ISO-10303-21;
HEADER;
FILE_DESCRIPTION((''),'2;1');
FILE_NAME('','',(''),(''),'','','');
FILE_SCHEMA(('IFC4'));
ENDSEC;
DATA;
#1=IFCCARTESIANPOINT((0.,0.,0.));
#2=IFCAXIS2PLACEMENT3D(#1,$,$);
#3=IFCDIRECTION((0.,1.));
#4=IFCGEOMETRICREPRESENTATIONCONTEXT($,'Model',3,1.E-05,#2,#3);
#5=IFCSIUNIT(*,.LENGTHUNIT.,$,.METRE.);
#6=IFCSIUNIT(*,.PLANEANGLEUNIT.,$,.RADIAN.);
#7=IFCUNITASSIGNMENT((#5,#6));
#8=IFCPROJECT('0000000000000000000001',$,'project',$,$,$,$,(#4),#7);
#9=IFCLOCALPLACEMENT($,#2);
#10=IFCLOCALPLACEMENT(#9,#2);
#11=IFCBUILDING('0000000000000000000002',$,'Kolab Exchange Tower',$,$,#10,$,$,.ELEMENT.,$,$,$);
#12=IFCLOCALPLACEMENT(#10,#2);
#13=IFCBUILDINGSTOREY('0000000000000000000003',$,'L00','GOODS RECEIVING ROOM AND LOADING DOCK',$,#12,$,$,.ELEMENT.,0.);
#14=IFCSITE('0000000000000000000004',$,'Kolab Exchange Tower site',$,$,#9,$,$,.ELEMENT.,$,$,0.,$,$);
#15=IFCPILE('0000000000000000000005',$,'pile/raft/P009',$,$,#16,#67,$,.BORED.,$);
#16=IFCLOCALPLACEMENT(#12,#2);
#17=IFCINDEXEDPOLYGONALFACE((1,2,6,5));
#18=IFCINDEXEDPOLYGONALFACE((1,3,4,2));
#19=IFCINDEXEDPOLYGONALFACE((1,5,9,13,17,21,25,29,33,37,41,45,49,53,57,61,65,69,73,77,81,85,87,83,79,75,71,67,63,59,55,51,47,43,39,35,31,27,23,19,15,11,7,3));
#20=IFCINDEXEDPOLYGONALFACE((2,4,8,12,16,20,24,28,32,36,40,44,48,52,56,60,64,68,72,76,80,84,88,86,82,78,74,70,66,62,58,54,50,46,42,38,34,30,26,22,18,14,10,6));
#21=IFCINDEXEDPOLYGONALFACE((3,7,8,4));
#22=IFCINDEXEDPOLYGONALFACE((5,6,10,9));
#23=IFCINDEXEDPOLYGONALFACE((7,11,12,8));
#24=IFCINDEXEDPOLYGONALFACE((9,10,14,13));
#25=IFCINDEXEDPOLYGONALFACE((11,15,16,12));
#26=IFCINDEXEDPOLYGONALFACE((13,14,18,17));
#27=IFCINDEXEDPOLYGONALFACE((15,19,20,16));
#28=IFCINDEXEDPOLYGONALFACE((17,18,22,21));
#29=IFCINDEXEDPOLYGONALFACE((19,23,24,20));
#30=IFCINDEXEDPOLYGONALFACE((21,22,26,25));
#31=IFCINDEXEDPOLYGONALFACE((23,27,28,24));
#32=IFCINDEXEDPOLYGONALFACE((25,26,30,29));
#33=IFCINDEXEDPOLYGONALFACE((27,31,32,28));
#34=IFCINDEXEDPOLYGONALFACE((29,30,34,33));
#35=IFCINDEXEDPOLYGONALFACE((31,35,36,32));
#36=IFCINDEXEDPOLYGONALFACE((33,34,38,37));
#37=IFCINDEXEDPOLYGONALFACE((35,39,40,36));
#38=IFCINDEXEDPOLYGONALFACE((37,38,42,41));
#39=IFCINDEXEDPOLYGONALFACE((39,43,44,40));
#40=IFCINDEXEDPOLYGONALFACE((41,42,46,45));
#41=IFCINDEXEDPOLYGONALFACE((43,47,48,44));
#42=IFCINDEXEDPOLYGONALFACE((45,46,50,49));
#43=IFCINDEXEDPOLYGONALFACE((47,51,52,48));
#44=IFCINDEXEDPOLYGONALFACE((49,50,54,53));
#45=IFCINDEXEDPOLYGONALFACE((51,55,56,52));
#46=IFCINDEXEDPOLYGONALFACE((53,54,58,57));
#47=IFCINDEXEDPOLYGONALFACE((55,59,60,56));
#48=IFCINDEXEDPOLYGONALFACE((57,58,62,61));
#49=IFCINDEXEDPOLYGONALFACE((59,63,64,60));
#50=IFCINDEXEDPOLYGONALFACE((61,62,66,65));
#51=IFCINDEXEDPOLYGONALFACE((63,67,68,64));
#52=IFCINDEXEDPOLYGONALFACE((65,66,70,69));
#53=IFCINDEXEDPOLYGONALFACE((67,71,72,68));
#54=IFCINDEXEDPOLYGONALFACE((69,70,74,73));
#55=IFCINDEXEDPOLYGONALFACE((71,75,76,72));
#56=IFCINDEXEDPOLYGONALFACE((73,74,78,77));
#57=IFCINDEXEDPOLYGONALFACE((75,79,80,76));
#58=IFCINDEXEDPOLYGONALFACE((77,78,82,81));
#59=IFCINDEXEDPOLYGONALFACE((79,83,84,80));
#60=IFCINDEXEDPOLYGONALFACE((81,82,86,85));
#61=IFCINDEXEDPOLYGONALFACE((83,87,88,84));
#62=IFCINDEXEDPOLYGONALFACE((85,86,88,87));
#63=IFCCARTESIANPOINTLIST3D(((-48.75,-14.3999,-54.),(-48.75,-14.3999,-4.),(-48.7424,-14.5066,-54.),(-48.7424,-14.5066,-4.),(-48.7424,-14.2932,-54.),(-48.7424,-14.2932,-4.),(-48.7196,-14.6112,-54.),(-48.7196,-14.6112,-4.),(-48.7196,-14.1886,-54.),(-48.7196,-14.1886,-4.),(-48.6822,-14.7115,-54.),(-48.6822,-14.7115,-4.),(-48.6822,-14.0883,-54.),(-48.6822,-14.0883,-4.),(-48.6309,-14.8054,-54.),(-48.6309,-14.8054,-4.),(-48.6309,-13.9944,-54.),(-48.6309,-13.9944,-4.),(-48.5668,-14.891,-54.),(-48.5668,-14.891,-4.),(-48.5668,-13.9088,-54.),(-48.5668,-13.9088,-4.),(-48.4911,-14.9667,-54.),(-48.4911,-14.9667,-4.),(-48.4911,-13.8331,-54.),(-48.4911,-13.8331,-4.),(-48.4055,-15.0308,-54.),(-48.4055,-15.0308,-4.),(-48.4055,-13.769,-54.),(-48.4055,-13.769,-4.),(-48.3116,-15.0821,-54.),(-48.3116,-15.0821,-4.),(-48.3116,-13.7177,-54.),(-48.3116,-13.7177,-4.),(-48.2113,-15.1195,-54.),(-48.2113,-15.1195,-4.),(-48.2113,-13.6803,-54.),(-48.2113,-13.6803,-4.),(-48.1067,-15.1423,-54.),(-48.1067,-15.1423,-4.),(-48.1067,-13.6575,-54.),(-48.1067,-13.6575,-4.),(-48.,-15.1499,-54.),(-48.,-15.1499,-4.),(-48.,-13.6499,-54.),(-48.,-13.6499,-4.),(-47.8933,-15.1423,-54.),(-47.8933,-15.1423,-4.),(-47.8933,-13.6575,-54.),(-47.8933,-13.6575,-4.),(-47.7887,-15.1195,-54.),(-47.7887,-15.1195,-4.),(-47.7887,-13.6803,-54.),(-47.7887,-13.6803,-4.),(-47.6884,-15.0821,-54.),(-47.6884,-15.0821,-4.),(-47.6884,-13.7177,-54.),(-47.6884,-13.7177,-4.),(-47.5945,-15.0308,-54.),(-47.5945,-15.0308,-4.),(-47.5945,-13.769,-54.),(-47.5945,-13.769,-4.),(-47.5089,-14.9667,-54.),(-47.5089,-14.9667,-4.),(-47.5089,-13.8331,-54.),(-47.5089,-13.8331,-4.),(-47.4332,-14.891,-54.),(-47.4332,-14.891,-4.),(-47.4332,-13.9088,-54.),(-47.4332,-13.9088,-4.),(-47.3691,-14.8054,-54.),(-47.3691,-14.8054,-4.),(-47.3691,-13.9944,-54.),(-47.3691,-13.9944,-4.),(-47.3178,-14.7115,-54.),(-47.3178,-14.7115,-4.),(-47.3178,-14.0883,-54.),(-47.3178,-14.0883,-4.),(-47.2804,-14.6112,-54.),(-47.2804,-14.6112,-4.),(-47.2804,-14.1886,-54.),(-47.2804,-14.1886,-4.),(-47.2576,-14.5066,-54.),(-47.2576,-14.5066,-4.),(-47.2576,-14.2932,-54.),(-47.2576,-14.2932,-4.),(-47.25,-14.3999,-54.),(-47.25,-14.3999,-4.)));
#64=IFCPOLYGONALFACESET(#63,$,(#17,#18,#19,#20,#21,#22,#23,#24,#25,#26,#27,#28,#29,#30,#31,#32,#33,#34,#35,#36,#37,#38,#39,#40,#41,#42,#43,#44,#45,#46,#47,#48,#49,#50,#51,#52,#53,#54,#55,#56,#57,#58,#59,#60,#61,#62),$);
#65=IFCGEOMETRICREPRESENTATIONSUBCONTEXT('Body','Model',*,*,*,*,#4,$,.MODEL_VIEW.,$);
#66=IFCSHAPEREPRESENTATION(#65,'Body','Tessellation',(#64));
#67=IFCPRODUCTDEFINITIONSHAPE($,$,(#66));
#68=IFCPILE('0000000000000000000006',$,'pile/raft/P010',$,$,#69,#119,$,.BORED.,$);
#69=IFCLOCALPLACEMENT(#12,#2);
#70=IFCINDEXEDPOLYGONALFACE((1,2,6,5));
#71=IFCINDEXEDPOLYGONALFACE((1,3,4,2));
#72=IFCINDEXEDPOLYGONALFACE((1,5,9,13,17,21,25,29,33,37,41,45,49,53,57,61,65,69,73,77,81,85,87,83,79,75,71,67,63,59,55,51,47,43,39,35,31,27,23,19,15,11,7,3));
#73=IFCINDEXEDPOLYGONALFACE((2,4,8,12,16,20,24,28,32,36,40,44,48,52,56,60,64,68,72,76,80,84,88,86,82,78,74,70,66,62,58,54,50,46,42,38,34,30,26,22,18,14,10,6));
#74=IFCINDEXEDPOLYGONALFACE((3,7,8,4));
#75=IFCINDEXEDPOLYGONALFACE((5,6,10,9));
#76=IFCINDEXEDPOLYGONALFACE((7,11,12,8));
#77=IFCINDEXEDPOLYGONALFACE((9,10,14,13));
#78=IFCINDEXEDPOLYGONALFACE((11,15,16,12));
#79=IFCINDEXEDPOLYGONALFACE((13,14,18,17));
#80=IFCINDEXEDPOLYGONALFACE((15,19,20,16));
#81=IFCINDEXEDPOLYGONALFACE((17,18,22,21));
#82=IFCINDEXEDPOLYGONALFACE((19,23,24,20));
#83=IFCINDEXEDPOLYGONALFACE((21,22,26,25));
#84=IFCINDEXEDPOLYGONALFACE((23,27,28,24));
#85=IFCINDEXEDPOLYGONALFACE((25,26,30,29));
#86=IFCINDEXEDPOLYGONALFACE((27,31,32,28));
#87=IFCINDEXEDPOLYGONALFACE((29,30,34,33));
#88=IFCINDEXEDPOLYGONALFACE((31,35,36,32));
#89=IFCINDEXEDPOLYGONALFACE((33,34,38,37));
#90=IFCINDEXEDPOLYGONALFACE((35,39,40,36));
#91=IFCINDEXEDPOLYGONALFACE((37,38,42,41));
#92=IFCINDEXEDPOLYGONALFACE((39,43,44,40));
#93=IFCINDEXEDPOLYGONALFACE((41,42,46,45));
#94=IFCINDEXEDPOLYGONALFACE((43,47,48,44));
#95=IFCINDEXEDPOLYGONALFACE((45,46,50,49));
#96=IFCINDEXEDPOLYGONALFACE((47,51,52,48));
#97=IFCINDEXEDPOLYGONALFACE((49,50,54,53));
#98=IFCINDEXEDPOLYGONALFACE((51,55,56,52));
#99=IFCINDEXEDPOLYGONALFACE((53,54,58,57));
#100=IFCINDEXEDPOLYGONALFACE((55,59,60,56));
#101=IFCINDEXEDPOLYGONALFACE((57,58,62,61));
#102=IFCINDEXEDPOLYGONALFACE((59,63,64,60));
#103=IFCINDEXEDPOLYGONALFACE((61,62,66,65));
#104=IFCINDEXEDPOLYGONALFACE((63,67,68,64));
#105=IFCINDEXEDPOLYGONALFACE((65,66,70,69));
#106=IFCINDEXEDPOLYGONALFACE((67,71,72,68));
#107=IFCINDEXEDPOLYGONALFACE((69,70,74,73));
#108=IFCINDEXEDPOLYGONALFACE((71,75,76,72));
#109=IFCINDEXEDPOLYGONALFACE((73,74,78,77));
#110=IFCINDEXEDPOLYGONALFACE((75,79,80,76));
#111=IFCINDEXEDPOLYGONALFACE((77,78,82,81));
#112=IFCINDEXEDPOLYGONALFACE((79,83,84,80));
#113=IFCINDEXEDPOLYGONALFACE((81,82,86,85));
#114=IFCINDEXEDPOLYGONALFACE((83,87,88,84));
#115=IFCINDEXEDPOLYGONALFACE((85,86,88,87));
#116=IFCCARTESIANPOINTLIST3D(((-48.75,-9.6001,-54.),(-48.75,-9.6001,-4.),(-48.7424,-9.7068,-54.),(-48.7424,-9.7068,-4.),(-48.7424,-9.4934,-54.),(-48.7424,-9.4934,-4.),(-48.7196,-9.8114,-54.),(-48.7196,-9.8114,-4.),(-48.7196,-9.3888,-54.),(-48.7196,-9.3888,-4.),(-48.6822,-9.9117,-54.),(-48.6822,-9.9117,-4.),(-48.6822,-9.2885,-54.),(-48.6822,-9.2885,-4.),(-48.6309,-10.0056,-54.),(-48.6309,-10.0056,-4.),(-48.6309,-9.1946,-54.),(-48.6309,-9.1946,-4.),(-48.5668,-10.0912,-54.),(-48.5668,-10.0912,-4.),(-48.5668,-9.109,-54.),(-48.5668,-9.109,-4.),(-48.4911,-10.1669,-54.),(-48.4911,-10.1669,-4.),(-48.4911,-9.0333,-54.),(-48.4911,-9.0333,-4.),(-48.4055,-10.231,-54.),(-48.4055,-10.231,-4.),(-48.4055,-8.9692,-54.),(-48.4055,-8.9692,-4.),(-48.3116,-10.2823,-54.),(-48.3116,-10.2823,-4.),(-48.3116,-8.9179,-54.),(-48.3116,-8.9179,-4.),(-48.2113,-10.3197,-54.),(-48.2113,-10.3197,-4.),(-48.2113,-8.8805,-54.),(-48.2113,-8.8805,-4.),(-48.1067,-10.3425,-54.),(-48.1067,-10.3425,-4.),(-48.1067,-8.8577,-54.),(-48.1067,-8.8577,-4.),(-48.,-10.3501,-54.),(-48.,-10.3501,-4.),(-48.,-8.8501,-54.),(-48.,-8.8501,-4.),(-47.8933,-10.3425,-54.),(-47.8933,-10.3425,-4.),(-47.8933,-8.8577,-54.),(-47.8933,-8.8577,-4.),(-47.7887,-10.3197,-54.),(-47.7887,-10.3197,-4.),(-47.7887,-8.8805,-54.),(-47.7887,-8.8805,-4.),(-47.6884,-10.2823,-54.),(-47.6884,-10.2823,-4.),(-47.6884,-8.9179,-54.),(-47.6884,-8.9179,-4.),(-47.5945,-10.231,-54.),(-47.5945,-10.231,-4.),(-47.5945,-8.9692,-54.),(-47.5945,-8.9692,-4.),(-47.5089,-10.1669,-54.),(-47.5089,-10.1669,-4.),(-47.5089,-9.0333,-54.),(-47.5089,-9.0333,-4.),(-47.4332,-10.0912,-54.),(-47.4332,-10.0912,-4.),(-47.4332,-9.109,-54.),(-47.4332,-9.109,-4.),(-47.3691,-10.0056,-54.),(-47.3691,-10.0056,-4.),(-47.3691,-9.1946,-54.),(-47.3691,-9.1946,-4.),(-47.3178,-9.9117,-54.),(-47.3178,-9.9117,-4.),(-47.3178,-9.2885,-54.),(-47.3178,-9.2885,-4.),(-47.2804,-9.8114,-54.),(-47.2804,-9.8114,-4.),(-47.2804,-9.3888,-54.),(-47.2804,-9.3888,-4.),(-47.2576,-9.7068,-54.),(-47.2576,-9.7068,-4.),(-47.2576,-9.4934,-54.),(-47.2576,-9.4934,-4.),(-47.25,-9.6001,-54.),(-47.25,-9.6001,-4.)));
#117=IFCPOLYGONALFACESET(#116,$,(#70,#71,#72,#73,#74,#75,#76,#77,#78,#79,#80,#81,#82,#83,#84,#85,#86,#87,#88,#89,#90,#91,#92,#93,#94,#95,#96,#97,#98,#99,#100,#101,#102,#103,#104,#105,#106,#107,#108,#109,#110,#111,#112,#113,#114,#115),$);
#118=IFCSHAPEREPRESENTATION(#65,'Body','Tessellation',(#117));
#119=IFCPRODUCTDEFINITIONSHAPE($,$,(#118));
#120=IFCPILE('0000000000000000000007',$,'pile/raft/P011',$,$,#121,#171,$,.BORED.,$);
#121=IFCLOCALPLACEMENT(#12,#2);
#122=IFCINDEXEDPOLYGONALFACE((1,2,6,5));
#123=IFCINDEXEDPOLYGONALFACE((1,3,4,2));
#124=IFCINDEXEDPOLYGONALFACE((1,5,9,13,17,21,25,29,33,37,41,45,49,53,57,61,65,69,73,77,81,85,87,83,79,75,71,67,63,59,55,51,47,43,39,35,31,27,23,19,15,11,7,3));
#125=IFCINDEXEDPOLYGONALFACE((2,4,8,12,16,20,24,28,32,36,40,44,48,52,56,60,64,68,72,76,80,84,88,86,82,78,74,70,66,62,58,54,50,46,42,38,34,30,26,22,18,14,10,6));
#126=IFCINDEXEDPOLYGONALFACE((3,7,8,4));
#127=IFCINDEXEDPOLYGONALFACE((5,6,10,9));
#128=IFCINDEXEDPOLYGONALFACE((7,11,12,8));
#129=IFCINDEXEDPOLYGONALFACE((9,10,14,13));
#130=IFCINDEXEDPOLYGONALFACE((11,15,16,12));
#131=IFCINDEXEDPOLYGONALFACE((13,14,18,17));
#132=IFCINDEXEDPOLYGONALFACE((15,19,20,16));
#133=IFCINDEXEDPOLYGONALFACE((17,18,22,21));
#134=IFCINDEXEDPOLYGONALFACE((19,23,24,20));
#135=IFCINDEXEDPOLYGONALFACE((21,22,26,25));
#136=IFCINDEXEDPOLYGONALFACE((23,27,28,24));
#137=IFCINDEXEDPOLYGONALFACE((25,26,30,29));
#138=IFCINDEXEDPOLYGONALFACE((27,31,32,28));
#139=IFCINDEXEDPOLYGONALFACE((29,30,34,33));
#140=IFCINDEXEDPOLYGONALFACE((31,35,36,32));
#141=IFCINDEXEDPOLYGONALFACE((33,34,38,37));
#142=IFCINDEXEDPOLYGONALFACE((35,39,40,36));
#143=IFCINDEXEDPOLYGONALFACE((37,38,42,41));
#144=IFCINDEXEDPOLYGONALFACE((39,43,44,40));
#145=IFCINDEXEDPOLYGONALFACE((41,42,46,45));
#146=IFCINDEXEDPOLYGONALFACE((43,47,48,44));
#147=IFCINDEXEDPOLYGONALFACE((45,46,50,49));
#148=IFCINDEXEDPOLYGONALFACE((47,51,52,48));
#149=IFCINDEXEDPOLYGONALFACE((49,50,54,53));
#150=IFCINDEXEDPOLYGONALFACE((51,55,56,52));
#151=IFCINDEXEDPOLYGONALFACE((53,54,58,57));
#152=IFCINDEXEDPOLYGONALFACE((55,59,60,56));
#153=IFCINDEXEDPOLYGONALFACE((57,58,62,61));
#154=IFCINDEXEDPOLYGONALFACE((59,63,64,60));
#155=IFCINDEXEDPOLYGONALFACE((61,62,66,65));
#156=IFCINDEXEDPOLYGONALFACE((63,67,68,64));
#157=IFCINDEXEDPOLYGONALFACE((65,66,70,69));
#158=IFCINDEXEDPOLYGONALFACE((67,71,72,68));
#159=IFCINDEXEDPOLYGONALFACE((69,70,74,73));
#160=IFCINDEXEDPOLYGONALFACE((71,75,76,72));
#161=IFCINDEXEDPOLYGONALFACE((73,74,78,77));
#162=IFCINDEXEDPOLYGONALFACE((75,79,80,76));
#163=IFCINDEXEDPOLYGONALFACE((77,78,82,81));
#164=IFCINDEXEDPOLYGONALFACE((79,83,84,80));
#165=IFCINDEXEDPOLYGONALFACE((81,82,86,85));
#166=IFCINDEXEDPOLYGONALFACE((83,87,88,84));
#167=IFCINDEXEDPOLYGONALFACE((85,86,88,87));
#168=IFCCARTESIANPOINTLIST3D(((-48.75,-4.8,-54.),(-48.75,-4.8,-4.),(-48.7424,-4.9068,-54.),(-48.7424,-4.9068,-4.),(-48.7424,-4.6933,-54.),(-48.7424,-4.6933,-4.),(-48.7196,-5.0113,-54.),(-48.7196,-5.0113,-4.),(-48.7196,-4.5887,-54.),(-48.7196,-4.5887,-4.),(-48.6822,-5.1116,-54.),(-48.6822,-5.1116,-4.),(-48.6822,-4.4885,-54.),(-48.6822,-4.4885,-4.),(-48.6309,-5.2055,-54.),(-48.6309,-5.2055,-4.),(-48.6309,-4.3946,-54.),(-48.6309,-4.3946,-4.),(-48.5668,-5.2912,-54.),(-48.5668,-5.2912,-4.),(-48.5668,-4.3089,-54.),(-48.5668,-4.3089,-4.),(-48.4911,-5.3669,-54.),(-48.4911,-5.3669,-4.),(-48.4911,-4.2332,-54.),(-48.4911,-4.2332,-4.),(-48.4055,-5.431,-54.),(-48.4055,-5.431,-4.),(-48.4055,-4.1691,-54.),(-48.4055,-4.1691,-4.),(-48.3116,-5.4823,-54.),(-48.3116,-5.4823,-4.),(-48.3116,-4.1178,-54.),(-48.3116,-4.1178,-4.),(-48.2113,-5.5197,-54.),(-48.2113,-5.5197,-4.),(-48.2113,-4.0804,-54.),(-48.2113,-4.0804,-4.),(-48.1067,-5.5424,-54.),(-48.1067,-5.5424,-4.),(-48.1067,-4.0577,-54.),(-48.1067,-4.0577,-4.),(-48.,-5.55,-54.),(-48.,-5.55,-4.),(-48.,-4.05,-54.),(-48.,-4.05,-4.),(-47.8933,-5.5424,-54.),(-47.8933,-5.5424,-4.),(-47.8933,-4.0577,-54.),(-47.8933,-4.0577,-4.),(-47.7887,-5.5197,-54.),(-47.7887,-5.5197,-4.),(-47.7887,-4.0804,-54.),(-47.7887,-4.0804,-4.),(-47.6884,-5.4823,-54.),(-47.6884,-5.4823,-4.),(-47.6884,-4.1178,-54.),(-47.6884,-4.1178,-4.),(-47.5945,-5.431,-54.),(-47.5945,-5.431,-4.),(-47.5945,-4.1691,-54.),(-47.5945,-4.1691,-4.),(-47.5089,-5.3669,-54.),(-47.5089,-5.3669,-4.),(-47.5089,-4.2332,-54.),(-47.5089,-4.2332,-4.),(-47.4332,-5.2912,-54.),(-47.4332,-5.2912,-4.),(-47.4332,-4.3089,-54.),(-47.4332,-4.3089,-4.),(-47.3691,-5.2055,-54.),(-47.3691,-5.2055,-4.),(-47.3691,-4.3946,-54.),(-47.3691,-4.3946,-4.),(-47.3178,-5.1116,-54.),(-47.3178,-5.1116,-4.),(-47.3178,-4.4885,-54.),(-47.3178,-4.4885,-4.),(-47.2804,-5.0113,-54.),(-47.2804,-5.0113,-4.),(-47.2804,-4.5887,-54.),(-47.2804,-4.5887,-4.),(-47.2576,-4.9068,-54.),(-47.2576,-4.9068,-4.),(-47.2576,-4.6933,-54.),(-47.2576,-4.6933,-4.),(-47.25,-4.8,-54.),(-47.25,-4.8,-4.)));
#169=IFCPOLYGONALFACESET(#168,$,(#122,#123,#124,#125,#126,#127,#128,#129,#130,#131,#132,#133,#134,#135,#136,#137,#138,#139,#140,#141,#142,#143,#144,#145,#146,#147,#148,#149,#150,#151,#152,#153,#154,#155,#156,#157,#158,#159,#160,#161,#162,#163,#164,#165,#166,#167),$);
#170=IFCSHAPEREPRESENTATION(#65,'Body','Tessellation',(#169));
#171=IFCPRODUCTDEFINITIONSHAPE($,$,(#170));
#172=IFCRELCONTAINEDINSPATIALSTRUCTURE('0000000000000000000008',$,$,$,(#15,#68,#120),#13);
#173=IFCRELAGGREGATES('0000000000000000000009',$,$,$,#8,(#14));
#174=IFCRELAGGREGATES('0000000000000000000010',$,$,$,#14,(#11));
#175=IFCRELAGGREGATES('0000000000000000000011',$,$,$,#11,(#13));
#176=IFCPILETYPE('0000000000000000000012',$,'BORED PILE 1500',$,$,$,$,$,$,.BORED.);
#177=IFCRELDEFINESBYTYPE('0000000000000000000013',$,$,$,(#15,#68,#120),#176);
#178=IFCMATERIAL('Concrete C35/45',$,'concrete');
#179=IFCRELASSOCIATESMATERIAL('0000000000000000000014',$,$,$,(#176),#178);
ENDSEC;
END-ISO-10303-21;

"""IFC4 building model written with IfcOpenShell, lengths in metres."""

from ifc_helpers import new_model, si_unit, direction, frame, origin, origin_2d, place, context, subcontext, project, spatial, circle, extrude, material, material_profile, profile_set, type_object, element, save


model = new_model("IFC4")

# Units and contexts
model_context = context("Model", 3, precision=1e-05, world=origin(), true_north=direction((0.0, 1.0)))
body_context = subcontext(model_context, "Body", "Model", "MODEL_VIEW")
ifc_project = project(units=[si_unit("LENGTHUNIT", "METRE"), si_unit("PLANEANGLEUNIT", "RADIAN")], contexts=[model_context])

# Site, building, storey
site_placement = place(None, origin())
site = spatial("IfcSite", under=ifc_project, at=site_placement, Name="Kolab Exchange Tower site", CompositionType="ELEMENT", RefElevation=0.0)
building_placement = place(site_placement, origin())
building = spatial("IfcBuilding", under=site, at=building_placement, Name="Kolab Exchange Tower", CompositionType="ELEMENT")
storey_placement = place(building_placement, origin())
storey = spatial("IfcBuildingStorey", under=building, at=storey_placement, Name="L00", Description="GOODS RECEIVING ROOM AND LOADING DOCK", CompositionType="ELEMENT", Elevation=0.0)

# Piles
ifc_material_1 = material(Name="Concrete C35/45", Category="concrete")
ifc_material_profile_1 = material_profile(ifc_material_1, circle(Radius=0.75, at=origin_2d()), Name="BP1500")
ifc_profile_set_1 = profile_set([ifc_material_profile_1], Name="Concrete C35/45")
pile_type = type_object("IfcPileType", Name="BORED PILE 1500", PredefinedType="BORED", material=ifc_profile_set_1)
for number, where, z_axis, x_axis, name in (
    (1, (-48.0, -14.3999, -4.0), (0.0, 0.0, -1.0), (1.0, 0.0, 0.0), "pile/raft/P009"),
    (2, (-48.0, -9.6001, -4.0), (0.0, 0.0, -1.0), (1.0, 0.0, 0.0), "pile/raft/P010"),
    (3, (-48.0, -4.8, -4.0), (0.0, 0.0, -1.0), (1.0, 0.0, 0.0), "pile/raft/P011"),
):
    element("IfcPile", number, at=place(storey_placement, frame(where, z_axis=z_axis, x_axis=x_axis)), inside=storey, type_object=pile_type, Name=name, PredefinedType="BORED", context=body_context, shape_type="SweptSolid", body=[
        extrude(circle(Radius=0.75, at=origin_2d()), origin(), (0.0, 0.0, 1.0), 50.0),
    ])

save(model, "model.ifc")
